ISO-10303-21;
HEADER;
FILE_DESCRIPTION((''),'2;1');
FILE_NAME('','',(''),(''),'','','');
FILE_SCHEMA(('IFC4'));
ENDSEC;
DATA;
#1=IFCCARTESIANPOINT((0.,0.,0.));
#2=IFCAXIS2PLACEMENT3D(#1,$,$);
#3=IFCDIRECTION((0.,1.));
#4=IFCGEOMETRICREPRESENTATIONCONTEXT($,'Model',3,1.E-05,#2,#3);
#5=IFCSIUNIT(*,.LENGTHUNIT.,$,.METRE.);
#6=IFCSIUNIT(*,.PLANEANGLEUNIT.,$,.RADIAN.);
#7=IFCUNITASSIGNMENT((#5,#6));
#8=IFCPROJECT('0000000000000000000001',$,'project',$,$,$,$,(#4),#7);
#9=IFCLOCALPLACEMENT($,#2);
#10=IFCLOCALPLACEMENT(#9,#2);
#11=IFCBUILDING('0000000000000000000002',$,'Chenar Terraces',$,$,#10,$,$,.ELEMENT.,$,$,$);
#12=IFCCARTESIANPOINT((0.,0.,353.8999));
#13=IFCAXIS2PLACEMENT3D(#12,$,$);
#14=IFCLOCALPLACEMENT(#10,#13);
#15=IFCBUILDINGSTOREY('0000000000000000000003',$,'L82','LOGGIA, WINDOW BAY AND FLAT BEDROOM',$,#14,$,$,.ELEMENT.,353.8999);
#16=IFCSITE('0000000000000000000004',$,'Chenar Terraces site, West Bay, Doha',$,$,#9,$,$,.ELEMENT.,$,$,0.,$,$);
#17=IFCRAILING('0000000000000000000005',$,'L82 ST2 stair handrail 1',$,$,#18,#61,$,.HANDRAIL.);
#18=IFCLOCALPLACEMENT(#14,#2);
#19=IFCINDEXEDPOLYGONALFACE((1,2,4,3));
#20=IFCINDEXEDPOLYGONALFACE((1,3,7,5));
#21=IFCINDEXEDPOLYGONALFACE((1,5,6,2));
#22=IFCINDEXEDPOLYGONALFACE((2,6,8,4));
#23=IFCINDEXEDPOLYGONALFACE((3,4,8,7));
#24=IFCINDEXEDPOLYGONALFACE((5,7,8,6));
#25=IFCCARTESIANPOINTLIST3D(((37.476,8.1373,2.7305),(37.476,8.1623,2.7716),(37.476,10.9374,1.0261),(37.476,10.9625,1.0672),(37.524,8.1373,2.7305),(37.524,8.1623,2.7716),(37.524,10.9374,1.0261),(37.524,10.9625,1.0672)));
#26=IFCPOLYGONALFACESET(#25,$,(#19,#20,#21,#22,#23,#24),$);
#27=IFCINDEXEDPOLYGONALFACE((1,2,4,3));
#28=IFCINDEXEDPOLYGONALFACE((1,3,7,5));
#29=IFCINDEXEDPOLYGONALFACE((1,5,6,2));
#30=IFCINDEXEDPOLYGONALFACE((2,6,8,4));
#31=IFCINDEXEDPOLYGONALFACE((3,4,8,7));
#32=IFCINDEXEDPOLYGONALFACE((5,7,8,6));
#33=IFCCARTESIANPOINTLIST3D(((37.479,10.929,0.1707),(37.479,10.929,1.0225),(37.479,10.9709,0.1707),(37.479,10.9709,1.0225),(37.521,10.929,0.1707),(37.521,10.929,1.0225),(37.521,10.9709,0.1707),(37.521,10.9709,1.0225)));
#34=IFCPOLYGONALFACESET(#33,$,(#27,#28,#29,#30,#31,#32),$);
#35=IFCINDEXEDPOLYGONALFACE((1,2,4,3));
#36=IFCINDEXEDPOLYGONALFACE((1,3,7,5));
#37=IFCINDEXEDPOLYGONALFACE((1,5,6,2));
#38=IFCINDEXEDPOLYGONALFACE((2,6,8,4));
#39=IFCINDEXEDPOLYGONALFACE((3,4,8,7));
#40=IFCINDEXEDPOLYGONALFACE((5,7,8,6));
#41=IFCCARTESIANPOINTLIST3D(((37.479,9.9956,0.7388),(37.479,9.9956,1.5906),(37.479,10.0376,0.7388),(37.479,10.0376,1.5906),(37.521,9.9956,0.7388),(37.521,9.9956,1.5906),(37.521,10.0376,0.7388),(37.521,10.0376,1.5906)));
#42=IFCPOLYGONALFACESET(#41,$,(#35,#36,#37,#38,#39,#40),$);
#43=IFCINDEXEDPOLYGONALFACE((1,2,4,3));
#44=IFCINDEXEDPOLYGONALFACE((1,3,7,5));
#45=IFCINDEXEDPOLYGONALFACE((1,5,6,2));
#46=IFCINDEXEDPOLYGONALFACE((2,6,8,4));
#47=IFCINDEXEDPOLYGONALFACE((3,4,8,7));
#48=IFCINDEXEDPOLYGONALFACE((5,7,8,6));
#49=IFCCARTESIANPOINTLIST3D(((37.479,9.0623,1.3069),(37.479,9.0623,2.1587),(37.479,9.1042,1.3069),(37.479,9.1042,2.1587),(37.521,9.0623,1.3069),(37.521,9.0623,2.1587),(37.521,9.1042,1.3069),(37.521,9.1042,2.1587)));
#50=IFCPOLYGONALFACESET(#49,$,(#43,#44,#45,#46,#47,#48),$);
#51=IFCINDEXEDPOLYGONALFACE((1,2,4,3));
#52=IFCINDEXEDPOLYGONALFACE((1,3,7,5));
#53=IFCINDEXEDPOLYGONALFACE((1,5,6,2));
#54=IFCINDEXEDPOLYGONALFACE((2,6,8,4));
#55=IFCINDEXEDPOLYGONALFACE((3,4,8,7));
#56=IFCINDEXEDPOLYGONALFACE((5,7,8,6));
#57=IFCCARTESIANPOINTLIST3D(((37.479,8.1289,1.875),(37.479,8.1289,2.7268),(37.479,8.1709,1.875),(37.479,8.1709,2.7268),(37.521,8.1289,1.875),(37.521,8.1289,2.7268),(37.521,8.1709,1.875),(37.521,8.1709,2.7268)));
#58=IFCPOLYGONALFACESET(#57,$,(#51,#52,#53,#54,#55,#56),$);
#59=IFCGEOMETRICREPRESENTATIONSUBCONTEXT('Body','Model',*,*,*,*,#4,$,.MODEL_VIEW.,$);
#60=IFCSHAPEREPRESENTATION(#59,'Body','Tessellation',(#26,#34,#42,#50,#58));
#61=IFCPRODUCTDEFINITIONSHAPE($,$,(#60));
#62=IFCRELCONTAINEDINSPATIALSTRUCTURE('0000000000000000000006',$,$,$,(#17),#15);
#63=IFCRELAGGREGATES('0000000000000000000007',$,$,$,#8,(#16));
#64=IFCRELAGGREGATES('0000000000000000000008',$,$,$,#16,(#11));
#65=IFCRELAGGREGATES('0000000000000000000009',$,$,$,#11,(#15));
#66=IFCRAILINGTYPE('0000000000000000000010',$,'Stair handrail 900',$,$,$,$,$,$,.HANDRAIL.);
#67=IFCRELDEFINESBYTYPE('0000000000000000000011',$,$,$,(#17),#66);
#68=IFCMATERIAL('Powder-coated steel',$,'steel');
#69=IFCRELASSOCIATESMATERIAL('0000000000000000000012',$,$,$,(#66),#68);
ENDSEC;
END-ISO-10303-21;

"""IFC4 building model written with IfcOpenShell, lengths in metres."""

from ifc_helpers import new_model, si_unit, direction, frame, origin, origin_2d, place, context, subcontext, project, spatial, rectangle, extrude, material, type_object, element, save


model = new_model("IFC4")

# Units and contexts
model_context = context("Model", 3, precision=1e-05, world=origin(), true_north=direction((0.0, 1.0)))
body_context = subcontext(model_context, "Body", "Model", "MODEL_VIEW")
ifc_project = project(units=[si_unit("LENGTHUNIT", "METRE"), si_unit("PLANEANGLEUNIT", "RADIAN")], contexts=[model_context])

# Site, building, storey
site_placement = place(None, origin())
site = spatial("IfcSite", under=ifc_project, at=site_placement, Name="Chenar Terraces site, West Bay, Doha", CompositionType="ELEMENT", RefElevation=0.0)
building_placement = place(site_placement, origin())
building = spatial("IfcBuilding", under=site, at=building_placement, Name="Chenar Terraces", CompositionType="ELEMENT")
storey_placement = place(building_placement, frame((0.0, 0.0, 353.8999)))
storey = spatial("IfcBuildingStorey", under=building, at=storey_placement, Name="L82", Description="LOGGIA, WINDOW BAY AND FLAT BEDROOM", CompositionType="ELEMENT", Elevation=353.8999)

# Railing
ifc_material_1 = material(Name="Powder-coated steel", Category="steel")
railing_type_1 = type_object("IfcRailingType", Name="Stair handrail 900", PredefinedType="HANDRAIL", material=ifc_material_1)
railing_1_placement = place(storey_placement, frame((37.5, 10.95, 0.1707)))
element("IfcRailing", 1, at=railing_1_placement, inside=storey, type_object=railing_type_1, Name="L82 ST2 stair handrail 1", PredefinedType="HANDRAIL", context=body_context, shape_type="SweptSolid", body=[
    extrude(rectangle(XDim=0.0481, YDim=0.0481, at=origin_2d()), frame((0.0, 0.0, 0.876), z_axis=(0.0, -0.854203, 0.51994), x_axis=(1.0, 0.0, 0.0)), (0.0, 0.0, 1.0), 3.2781),
    extrude(rectangle(XDim=0.042, YDim=0.042, at=origin_2d()), origin(), (0.0, 0.0, 1.0), 0.8518),
    extrude(rectangle(XDim=0.042, YDim=0.042, at=origin_2d()), frame((0.0, -0.9333, 0.5681)), (0.0, 0.0, 1.0), 0.8518),
    extrude(rectangle(XDim=0.042, YDim=0.042, at=origin_2d()), frame((0.0, -1.8667, 1.1362)), (0.0, 0.0, 1.0), 0.8518),
    extrude(rectangle(XDim=0.042, YDim=0.042, at=origin_2d()), frame((0.0, -2.8, 1.7043)), (0.0, 0.0, 1.0), 0.8518),
])

save(model, "model.ifc")
